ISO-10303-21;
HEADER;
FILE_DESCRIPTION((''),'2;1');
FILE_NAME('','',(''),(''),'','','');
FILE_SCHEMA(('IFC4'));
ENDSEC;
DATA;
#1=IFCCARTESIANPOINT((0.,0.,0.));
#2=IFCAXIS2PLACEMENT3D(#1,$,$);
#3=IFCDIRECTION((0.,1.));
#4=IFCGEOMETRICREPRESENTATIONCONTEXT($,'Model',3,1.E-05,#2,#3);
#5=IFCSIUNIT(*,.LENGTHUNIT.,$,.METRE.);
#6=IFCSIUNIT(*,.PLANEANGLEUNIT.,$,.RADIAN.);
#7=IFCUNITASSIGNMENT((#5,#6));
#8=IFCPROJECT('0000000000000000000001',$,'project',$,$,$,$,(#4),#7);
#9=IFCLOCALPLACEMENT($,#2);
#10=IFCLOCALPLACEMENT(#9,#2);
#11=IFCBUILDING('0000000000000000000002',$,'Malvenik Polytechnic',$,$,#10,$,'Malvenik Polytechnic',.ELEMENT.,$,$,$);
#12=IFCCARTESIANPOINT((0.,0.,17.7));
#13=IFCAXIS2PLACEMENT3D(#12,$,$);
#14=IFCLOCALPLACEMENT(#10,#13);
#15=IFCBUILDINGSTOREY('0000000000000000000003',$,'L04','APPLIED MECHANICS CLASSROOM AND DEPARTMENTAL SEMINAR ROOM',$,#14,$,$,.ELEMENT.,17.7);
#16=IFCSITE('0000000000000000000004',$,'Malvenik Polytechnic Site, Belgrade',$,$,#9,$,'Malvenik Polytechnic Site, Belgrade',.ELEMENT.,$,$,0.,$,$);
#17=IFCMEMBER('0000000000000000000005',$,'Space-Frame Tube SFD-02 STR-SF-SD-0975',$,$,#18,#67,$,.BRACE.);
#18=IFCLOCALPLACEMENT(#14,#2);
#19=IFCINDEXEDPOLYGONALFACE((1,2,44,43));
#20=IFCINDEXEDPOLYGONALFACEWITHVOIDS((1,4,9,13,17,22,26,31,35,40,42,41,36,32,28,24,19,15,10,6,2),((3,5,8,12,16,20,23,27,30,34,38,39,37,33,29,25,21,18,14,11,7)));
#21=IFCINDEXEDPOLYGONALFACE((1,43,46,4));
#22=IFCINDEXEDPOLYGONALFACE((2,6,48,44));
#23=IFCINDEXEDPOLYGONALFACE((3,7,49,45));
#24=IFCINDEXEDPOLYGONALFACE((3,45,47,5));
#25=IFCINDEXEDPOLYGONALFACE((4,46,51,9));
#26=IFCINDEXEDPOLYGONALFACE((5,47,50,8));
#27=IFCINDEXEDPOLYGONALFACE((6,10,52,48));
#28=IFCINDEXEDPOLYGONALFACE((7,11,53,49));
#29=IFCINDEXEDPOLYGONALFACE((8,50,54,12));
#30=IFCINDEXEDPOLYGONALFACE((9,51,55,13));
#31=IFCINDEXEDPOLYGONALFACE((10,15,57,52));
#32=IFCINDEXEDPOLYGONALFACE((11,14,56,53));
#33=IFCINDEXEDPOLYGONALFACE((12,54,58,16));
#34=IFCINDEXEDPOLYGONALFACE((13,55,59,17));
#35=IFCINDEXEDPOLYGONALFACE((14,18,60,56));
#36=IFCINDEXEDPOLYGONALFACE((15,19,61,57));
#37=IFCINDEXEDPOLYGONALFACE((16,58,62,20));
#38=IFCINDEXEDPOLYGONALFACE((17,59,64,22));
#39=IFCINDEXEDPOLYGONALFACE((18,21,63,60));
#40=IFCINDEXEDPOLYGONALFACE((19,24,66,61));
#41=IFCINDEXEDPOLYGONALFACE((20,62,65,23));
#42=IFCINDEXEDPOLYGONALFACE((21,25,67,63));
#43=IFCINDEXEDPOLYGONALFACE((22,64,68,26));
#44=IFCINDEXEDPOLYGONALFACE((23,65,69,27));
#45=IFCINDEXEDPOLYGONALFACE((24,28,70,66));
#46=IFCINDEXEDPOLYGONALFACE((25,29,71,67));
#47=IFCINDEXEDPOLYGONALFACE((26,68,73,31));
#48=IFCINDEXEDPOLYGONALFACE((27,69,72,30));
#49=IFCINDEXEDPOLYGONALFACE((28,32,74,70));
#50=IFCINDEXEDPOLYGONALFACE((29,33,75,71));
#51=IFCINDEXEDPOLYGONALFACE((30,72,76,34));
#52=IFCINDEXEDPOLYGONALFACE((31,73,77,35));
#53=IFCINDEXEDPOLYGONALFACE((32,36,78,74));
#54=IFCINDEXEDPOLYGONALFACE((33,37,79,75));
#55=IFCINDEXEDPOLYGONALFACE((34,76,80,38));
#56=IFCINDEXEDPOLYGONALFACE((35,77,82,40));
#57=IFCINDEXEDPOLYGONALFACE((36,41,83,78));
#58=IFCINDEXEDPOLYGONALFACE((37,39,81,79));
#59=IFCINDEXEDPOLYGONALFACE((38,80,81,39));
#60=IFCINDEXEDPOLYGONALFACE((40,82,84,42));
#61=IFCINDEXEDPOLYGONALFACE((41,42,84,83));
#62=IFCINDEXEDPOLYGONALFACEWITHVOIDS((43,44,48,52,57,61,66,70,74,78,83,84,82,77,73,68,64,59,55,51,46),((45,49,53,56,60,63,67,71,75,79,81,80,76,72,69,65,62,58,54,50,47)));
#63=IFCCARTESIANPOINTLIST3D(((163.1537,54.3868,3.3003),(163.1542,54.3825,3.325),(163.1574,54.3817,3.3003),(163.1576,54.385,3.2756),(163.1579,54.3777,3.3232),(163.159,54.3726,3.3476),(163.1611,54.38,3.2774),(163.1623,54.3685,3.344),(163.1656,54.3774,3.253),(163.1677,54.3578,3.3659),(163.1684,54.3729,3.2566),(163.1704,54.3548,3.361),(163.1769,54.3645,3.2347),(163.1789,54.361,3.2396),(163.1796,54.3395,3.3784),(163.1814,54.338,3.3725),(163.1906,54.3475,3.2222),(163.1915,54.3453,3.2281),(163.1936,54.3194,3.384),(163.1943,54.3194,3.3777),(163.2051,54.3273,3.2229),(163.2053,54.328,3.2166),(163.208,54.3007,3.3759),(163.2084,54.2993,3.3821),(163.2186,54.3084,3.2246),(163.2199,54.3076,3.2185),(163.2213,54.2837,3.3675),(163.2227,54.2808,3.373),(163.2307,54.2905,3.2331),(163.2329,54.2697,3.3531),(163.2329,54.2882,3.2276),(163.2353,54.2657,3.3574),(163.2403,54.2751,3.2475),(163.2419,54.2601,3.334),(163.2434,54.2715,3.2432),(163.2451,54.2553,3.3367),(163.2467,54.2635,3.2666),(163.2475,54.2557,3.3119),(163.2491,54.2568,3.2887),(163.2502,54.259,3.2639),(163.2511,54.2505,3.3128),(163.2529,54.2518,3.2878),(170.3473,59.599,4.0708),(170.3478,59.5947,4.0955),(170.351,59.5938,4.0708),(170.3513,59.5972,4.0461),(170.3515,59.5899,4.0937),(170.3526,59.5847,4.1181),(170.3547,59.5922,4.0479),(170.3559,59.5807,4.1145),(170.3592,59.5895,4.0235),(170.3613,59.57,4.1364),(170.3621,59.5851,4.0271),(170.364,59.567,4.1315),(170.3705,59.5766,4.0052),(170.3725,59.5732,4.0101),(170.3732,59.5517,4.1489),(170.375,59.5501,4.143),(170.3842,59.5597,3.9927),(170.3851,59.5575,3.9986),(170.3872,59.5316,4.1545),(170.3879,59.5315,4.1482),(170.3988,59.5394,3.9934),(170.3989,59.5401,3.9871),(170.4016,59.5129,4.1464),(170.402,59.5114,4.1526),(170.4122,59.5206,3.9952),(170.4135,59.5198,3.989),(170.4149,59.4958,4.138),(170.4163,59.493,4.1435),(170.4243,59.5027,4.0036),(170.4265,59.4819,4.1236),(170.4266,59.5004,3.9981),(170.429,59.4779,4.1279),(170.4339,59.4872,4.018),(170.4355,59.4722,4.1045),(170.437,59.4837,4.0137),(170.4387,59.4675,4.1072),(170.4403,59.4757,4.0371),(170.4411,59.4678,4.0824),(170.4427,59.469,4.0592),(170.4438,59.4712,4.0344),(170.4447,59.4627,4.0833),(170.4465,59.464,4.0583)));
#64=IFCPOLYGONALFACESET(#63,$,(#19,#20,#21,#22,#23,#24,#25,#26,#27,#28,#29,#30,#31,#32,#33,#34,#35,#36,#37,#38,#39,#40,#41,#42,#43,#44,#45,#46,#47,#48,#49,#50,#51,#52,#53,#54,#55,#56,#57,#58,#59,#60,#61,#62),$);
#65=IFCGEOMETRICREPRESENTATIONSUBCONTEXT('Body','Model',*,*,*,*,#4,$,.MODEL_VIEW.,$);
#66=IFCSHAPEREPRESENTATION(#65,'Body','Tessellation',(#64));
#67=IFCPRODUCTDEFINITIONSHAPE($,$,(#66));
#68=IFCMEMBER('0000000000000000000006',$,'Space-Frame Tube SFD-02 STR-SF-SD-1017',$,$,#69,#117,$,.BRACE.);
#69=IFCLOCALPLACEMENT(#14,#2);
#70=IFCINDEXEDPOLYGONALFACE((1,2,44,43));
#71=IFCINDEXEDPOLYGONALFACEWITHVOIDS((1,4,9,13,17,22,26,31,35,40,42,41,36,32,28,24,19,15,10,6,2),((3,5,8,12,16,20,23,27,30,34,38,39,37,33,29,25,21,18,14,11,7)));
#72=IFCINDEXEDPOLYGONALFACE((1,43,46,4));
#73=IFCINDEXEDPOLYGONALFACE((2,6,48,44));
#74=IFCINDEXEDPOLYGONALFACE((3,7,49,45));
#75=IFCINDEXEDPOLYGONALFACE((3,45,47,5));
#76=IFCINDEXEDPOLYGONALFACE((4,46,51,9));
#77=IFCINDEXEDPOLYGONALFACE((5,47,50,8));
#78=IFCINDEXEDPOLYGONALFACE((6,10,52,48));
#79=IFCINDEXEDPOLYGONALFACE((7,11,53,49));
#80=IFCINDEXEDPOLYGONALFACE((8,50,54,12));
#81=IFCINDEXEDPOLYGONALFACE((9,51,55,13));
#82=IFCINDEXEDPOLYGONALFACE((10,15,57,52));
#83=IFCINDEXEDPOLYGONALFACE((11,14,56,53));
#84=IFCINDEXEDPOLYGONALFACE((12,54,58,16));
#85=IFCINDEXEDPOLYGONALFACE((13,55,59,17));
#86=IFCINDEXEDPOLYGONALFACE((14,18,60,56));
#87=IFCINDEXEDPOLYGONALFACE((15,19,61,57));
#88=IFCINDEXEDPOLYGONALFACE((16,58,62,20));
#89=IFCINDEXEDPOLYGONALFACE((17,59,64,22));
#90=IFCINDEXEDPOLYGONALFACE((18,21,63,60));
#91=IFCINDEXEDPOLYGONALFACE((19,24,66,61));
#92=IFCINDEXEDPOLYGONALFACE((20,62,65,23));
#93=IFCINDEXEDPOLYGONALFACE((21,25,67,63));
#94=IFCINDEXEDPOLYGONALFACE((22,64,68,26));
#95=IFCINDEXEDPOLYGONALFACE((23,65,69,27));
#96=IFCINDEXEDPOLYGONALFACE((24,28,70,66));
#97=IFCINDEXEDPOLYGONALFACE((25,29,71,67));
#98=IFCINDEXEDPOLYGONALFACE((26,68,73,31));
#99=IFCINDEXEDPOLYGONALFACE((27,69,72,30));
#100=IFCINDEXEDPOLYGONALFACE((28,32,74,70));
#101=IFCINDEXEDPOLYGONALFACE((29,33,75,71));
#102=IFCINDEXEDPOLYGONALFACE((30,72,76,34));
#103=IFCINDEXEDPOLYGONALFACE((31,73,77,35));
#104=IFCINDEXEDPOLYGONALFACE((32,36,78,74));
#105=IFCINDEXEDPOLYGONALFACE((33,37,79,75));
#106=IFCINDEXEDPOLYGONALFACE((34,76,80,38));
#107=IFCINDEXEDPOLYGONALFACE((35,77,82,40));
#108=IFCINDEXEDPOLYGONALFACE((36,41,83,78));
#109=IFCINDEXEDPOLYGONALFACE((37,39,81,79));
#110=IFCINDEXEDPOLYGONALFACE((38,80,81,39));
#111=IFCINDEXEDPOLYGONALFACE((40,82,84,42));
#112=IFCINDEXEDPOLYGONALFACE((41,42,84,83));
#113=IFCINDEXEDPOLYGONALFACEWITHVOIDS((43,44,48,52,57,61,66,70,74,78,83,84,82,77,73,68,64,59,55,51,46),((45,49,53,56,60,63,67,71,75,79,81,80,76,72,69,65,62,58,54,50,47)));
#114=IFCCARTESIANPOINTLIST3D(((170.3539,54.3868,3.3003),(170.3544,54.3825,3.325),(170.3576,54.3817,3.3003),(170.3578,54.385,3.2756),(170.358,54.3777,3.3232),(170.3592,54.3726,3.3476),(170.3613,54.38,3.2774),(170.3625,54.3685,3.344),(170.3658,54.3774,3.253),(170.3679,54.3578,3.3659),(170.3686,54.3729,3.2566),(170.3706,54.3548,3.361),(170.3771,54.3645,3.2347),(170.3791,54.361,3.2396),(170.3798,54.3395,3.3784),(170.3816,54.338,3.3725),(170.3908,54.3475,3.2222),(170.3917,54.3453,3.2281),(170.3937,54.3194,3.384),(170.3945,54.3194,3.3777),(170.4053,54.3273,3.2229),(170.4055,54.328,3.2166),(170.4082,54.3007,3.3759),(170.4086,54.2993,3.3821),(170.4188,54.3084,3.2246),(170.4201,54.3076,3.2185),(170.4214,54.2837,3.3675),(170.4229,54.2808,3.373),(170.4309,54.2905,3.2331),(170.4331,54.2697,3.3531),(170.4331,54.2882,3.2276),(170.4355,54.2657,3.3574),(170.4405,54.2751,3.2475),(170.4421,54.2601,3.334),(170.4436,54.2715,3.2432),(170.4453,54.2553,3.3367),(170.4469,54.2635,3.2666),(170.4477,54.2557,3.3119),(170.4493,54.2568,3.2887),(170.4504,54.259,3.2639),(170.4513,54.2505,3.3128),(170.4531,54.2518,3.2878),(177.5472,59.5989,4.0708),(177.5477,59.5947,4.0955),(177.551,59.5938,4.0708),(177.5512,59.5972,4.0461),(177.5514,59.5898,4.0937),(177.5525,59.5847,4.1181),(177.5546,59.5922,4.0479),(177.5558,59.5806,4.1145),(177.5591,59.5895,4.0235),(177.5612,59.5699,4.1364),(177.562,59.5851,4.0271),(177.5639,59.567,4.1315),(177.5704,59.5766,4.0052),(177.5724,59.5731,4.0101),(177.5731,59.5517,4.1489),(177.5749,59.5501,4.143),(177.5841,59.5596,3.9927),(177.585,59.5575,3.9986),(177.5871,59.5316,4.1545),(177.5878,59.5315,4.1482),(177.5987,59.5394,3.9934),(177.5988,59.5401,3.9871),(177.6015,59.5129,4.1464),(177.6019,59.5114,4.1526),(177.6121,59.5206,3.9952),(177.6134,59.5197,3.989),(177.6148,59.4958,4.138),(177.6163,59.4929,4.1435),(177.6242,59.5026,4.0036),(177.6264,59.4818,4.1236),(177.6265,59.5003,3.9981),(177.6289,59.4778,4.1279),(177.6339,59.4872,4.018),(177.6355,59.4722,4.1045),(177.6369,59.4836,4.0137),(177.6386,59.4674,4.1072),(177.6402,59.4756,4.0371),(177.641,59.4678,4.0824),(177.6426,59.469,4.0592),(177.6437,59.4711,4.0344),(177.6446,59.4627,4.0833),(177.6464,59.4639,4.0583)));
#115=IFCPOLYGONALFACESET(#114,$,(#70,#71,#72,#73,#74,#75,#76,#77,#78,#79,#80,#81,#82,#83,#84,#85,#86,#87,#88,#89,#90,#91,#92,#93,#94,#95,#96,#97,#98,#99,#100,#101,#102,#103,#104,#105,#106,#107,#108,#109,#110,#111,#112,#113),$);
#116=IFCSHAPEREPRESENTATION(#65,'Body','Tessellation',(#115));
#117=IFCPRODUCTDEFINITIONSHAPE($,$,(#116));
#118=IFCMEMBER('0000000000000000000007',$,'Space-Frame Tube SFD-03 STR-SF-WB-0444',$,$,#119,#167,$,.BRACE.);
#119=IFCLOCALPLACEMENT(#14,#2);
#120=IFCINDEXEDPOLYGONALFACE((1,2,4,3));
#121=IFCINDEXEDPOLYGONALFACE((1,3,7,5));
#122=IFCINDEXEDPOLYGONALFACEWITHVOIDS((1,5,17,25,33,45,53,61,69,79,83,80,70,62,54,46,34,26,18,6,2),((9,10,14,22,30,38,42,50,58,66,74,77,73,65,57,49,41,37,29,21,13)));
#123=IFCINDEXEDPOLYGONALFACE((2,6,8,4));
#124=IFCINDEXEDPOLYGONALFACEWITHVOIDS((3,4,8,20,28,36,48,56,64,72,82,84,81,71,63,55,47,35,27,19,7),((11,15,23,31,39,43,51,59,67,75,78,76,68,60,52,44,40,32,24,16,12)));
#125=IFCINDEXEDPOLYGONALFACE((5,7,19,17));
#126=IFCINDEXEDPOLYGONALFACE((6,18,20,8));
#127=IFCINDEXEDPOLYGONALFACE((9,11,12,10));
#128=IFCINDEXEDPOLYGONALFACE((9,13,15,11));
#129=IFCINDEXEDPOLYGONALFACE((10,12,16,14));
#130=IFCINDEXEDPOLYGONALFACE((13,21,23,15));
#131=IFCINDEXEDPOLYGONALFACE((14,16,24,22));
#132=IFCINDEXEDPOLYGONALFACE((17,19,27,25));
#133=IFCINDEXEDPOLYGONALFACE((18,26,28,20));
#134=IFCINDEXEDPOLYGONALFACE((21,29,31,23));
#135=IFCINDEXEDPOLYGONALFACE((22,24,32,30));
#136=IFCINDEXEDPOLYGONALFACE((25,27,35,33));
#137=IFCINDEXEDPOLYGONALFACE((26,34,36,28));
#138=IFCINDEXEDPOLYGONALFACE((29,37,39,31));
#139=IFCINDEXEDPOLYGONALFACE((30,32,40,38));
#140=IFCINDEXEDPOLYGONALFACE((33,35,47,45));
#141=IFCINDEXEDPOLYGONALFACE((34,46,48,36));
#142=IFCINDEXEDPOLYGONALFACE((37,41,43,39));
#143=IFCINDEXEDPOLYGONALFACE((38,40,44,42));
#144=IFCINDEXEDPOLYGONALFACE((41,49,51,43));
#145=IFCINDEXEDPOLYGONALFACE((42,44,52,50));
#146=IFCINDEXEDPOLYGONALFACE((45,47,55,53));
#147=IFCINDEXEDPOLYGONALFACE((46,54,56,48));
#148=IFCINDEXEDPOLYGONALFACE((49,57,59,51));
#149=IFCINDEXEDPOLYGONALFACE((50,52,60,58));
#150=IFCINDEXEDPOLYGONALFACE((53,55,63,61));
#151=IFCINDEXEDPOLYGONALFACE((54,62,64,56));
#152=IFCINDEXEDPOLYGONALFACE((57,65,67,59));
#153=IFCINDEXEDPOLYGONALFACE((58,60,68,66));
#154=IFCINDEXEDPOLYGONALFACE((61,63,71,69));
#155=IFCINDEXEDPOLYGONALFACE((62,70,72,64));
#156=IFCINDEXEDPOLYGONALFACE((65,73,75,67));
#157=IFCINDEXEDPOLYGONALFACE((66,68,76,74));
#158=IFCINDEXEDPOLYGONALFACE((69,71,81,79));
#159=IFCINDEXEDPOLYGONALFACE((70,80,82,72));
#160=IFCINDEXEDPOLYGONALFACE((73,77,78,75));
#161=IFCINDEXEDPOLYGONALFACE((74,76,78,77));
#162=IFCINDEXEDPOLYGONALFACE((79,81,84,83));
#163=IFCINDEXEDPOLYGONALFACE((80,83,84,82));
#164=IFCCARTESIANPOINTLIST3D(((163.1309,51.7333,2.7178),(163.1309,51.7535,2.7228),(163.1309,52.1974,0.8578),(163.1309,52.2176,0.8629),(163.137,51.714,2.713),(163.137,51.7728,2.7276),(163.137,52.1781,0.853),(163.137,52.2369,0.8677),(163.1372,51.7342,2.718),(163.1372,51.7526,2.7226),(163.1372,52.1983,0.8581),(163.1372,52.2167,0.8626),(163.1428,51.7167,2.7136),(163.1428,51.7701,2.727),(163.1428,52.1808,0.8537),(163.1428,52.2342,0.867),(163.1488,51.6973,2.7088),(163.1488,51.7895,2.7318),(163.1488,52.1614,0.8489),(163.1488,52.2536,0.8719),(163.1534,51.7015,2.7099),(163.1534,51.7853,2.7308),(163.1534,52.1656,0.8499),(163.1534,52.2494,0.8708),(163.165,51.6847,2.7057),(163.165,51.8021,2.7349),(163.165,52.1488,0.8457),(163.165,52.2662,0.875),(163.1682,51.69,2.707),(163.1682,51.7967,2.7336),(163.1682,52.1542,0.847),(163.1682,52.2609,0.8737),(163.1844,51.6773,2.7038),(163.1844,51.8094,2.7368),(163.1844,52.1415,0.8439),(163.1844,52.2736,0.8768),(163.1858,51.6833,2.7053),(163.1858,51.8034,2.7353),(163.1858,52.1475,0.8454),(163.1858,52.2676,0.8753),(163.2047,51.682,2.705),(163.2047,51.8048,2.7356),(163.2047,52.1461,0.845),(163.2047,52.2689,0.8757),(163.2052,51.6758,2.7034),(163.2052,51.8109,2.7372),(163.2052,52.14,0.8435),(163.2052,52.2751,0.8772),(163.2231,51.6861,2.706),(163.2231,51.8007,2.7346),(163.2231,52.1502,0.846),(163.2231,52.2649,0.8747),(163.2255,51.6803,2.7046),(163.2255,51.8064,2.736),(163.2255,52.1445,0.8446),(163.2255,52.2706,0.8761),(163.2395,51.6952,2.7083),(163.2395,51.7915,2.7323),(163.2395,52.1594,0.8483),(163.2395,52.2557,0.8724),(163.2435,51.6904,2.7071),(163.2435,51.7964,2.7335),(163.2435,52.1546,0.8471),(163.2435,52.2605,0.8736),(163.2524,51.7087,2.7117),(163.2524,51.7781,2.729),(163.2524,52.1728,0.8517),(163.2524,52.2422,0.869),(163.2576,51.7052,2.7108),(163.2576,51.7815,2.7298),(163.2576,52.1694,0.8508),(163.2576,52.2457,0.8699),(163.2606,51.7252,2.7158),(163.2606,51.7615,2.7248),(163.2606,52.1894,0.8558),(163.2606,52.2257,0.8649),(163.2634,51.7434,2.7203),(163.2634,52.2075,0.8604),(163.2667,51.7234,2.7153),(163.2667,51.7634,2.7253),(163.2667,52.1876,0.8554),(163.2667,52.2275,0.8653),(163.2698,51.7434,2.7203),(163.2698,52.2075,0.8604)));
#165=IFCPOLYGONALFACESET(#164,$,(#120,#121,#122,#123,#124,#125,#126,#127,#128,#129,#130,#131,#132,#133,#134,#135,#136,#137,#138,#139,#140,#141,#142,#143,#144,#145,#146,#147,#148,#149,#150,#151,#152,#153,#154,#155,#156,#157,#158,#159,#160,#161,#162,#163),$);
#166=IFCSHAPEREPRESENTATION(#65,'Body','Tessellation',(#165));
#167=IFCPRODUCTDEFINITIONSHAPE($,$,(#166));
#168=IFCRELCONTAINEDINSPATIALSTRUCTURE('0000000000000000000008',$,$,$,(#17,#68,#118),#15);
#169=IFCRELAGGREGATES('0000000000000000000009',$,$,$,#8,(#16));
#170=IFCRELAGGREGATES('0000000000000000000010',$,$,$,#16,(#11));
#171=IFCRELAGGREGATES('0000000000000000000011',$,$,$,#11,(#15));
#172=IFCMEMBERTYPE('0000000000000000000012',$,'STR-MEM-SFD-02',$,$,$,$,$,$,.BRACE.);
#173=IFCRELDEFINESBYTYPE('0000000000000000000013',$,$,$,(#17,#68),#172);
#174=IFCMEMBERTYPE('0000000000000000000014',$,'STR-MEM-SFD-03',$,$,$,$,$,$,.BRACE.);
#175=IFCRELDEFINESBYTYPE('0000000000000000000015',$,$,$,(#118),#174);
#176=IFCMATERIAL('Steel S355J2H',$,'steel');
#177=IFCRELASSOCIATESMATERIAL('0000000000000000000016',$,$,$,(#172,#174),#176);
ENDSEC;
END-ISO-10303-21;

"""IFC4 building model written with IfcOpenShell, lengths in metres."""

from ifc_helpers import new_model, si_unit, direction, frame, origin, origin_2d, place, context, subcontext, project, spatial, hollow_circle, extrude, material, material_profile, profile_set, type_object, element, save


model = new_model("IFC4")

# Units and contexts
model_context = context("Model", 3, precision=1e-05, world=origin(), true_north=direction((0.0, 1.0)))
body_context = subcontext(model_context, "Body", "Model", "MODEL_VIEW")
ifc_project = project(units=[si_unit("LENGTHUNIT", "METRE"), si_unit("PLANEANGLEUNIT", "RADIAN")], contexts=[model_context])

# Site, building, storey
site_placement = place(None, origin())
site = spatial("IfcSite", under=ifc_project, at=site_placement, Name="Malvenik Polytechnic Site, Belgrade", LongName="Malvenik Polytechnic Site, Belgrade", CompositionType="ELEMENT", RefElevation=0.0)
building_placement = place(site_placement, origin())
building = spatial("IfcBuilding", under=site, at=building_placement, Name="Malvenik Polytechnic", LongName="Malvenik Polytechnic", CompositionType="ELEMENT")
storey_placement = place(building_placement, frame((0.0, 0.0, 17.7)))
storey = spatial("IfcBuildingStorey", under=building, at=storey_placement, Name="L04", Description="APPLIED MECHANICS CLASSROOM AND DEPARTMENTAL SEMINAR ROOM", CompositionType="ELEMENT", Elevation=17.7)

# Members
ifc_material = material(Name="Steel S355J2H", Category="steel")
ifc_material_profile_1 = material_profile(ifc_material, hollow_circle(Radius=0.0842, WallThickness=0.0063, at=origin_2d()), Name="CHS 168.3x6.3")
ifc_profile_set_1 = profile_set([ifc_material_profile_1], Name="Steel S355J2H")
member_type_1 = type_object("IfcMemberType", Name="STR-MEM-SFD-02", PredefinedType="BRACE", material=ifc_profile_set_1)
member_1_placement = place(storey_placement, frame((163.2031, 54.3186, 3.3003), z_axis=(0.806753, 0.584536, 0.086411), x_axis=(-0.586731, 0.809782, 0.0)))
element("IfcMember", 1, at=member_1_placement, inside=storey, type_object=member_type_1, Name="Space-Frame Tube SFD-02 STR-SF-SD-0975", PredefinedType="BRACE", context=body_context, shape_type="SweptSolid", body=[
    extrude(hollow_circle(Radius=0.0842, WallThickness=0.0063, at=origin_2d()), origin(), (0.0, 0.0, 1.0), 8.9167),
])
member_2_placement = place(storey_placement, frame((170.4033, 54.3186, 3.3003), z_axis=(0.806743, 0.584549, 0.086413), x_axis=(-0.586744, 0.809772, 0.0)))
element("IfcMember", 2, at=member_2_placement, inside=storey, type_object=member_type_1, Name="Space-Frame Tube SFD-02 STR-SF-SD-1017", PredefinedType="BRACE", context=body_context, shape_type="SweptSolid", body=[
    extrude(hollow_circle(Radius=0.0842, WallThickness=0.0063, at=origin_2d()), origin(), (0.0, 0.0, 1.0), 8.9165),
])
ifc_material_profile_2 = material_profile(ifc_material, hollow_circle(Radius=0.0698, WallThickness=0.0063, at=origin_2d()), Name="CHS 139.7x6.3")
ifc_profile_set_2 = profile_set([ifc_material_profile_2], Name="Steel S355J2H")
member_type_2 = type_object("IfcMemberType", Name="STR-MEM-SFD-03", PredefinedType="BRACE", material=ifc_profile_set_2)
member_3_placement = place(storey_placement, frame((163.2, 52.2075, 0.8604), z_axis=(0.0, -0.242116, 0.970247), x_axis=(1.0, 0.0, 0.0)))
element("IfcMember", 3, at=member_3_placement, inside=storey, type_object=member_type_2, Name="Space-Frame Tube SFD-03 STR-SF-WB-0444", PredefinedType="BRACE", context=body_context, shape_type="SweptSolid", body=[
    extrude(hollow_circle(Radius=0.0698, WallThickness=0.0063, at=origin_2d()), origin(), (0.0, 0.0, 1.0), 1.917),
])

save(model, "model.ifc")
